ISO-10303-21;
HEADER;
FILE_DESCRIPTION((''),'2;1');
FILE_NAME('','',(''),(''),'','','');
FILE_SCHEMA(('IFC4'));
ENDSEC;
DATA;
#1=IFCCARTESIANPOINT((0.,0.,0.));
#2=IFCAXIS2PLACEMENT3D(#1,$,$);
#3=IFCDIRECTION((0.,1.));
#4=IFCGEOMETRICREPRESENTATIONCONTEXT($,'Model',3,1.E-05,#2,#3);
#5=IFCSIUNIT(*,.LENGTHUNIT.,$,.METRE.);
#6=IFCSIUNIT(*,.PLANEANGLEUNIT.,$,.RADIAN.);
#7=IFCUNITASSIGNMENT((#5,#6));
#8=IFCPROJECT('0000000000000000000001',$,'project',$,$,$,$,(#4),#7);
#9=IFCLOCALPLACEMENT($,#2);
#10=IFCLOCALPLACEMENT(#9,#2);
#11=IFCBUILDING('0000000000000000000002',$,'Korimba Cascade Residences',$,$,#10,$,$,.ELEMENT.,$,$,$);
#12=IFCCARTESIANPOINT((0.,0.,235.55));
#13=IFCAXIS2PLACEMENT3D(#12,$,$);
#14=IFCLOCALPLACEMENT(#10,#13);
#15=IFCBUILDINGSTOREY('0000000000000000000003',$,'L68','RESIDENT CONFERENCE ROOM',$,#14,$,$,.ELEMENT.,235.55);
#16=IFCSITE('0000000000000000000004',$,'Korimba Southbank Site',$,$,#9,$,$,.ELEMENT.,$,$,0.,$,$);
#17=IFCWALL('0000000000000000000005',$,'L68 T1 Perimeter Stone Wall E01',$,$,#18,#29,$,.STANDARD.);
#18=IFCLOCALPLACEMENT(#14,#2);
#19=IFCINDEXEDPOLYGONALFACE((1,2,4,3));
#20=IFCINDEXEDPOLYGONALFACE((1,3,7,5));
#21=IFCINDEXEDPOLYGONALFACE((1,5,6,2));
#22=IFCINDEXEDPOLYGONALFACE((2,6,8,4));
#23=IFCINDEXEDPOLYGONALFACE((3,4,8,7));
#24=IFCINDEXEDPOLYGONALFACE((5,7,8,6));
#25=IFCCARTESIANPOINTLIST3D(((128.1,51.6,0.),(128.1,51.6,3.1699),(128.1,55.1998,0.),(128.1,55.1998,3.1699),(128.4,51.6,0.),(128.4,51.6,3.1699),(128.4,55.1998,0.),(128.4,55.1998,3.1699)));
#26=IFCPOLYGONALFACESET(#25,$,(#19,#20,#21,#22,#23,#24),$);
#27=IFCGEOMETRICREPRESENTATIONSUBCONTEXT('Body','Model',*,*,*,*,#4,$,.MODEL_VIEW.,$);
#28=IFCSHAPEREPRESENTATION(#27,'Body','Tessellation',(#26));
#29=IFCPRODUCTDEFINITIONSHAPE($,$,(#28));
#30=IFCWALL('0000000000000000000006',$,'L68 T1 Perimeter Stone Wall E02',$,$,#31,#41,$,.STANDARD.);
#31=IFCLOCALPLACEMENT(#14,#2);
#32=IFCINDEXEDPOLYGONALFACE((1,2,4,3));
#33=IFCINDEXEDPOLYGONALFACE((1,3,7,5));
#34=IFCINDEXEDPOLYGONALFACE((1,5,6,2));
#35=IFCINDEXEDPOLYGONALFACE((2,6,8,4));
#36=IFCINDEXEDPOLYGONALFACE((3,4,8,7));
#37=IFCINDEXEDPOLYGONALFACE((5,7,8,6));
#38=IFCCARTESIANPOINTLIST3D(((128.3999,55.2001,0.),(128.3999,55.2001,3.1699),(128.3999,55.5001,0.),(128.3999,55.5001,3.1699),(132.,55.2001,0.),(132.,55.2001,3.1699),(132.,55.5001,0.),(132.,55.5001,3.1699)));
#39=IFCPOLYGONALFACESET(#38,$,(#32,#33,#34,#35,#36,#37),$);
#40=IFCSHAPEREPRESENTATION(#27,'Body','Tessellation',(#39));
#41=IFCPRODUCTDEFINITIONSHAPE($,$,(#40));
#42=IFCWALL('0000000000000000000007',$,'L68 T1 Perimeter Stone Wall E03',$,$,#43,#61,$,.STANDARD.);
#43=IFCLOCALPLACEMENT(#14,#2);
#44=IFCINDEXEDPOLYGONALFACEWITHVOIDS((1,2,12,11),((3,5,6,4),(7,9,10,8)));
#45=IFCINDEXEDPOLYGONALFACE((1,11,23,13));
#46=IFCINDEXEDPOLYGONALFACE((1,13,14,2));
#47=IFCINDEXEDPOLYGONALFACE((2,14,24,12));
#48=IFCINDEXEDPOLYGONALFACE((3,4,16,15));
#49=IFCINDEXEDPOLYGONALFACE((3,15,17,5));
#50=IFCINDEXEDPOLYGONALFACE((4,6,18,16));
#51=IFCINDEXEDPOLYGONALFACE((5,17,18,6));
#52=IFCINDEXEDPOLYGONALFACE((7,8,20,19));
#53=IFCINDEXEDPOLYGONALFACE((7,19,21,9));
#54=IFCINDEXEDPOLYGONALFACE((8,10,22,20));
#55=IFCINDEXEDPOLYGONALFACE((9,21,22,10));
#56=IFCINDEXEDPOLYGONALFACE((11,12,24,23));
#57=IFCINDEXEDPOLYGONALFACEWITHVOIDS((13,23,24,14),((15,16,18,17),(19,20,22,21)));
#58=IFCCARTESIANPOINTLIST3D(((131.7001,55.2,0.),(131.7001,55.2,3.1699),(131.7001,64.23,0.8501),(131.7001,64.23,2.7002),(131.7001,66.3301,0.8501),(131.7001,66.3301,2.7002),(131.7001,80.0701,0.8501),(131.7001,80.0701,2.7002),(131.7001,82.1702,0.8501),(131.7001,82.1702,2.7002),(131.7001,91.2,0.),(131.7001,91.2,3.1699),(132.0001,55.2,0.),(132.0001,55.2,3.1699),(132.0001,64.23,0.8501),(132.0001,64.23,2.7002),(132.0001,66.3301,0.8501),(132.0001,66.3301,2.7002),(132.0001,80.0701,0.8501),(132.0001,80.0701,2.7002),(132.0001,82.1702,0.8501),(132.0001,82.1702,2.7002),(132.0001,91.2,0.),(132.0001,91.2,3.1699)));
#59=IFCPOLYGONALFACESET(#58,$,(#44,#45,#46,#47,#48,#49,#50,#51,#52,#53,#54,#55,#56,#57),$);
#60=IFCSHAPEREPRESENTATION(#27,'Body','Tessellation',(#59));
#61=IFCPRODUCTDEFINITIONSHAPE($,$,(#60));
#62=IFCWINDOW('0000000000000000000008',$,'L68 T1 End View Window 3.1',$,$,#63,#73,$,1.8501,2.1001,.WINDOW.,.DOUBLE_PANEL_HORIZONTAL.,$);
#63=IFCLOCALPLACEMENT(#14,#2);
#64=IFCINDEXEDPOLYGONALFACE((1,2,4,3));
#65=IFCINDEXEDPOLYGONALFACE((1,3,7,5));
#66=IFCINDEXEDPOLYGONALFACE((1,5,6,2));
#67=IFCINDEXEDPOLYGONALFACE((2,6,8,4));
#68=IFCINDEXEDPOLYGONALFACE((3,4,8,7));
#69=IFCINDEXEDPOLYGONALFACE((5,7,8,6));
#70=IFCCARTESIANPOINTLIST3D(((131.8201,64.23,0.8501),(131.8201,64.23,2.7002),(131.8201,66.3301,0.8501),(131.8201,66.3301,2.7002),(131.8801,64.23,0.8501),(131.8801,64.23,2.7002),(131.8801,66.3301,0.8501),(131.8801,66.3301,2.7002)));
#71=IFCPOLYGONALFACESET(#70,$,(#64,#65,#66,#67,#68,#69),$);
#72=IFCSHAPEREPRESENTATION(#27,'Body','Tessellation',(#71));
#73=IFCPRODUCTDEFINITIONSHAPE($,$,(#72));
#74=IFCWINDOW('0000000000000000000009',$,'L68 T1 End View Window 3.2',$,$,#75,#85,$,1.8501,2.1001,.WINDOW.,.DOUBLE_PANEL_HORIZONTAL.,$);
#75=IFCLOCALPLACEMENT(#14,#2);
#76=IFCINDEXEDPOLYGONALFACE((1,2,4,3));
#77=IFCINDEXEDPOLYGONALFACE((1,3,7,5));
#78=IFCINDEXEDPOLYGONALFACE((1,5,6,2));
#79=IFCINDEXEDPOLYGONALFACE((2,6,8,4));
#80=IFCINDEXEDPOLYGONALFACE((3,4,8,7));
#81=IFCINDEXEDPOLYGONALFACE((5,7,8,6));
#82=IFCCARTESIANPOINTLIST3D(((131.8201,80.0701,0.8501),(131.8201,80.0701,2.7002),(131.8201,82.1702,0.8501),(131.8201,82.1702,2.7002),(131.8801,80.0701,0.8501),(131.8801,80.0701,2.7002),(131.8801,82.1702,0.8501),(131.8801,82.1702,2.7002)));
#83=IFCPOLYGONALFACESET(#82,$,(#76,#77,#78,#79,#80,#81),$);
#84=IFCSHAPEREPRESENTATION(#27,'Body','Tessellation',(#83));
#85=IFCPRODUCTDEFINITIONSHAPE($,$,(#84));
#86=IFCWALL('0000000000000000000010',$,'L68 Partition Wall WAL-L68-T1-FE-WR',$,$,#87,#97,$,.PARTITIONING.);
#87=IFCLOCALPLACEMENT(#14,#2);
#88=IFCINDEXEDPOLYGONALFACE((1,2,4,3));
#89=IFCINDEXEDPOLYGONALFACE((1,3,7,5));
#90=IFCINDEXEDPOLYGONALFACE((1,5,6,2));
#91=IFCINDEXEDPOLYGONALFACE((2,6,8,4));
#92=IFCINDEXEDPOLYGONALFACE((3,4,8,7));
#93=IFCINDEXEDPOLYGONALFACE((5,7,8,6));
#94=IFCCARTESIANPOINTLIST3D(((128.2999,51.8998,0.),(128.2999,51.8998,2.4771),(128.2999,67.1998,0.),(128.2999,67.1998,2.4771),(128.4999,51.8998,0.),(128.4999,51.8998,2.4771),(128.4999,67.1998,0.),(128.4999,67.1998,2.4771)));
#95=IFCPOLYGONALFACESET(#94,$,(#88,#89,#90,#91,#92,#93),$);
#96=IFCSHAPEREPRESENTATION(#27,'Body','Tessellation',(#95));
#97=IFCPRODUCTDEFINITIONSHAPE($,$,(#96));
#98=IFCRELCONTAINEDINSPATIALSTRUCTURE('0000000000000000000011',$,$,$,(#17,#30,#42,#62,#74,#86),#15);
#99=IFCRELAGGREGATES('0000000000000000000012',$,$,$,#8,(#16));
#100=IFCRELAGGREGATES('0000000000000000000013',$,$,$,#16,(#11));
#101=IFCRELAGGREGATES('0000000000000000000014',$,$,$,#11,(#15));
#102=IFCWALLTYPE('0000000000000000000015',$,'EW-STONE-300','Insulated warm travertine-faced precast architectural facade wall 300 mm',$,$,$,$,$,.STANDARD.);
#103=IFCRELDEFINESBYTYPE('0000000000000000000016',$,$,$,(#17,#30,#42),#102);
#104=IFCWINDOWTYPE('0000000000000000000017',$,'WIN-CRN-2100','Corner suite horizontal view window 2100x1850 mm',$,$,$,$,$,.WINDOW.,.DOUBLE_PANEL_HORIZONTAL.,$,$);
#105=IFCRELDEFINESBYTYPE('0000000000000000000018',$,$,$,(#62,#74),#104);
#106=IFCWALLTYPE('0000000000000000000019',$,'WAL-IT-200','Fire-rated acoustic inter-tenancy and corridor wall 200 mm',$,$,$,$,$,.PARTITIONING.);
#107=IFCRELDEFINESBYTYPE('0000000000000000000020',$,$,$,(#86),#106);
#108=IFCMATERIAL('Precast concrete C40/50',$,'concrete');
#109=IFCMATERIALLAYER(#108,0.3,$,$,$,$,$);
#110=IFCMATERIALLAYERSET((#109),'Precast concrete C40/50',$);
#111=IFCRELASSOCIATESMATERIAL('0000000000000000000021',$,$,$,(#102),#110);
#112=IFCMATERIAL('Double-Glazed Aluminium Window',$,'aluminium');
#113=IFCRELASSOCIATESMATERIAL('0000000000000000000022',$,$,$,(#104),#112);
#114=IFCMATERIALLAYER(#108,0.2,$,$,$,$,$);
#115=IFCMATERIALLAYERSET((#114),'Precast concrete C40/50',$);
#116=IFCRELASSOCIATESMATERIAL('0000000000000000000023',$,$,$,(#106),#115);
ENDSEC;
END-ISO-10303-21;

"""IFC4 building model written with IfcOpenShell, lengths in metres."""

from ifc_helpers import new_model, si_unit, direction, frame, frame_2d, origin, place, context, subcontext, project, spatial, rectangle, extrude, material, layer, layer_set, type_object, element, fill, save


model = new_model("IFC4")

# Units and contexts
model_context = context("Model", 3, precision=1e-05, world=origin(), true_north=direction((0.0, 1.0)))
body_context = subcontext(model_context, "Body", "Model", "MODEL_VIEW")
ifc_project = project(units=[si_unit("LENGTHUNIT", "METRE"), si_unit("PLANEANGLEUNIT", "RADIAN")], contexts=[model_context])

# Site, building, storey
site_placement = place(None, origin())
site = spatial("IfcSite", under=ifc_project, at=site_placement, Name="Korimba Southbank Site", CompositionType="ELEMENT", RefElevation=0.0)
building_placement = place(site_placement, origin())
building = spatial("IfcBuilding", under=site, at=building_placement, Name="Korimba Cascade Residences", CompositionType="ELEMENT")
storey_placement = place(building_placement, frame((0.0, 0.0, 235.55)))
storey = spatial("IfcBuildingStorey", under=building, at=storey_placement, Name="L68", Description="RESIDENT CONFERENCE ROOM", CompositionType="ELEMENT", Elevation=235.55)

# Walls
ifc_material_1 = material(Name="Precast concrete C40/50", Category="concrete")
ifc_layer_1 = layer(ifc_material_1, 0.3)
ifc_layer_set_1 = layer_set([ifc_layer_1], Name="Precast concrete C40/50")
wall_type_1 = type_object("IfcWallType", Name="EW-STONE-300", Description="Insulated warm travertine-faced precast architectural facade wall 300 mm", PredefinedType="STANDARD", material=ifc_layer_set_1)
wall_1_placement = place(storey_placement, frame((128.25, 51.6001, 0.0), z_axis=(0.0, 0.0, 1.0), x_axis=(0.0, 1.0, 0.0)))
element("IfcWall", 1, at=wall_1_placement, inside=storey, type_object=wall_type_1, Name="L68 T1 Perimeter Stone Wall E01", PredefinedType="STANDARD", context=body_context, shape_type="SweptSolid", body=[
    extrude(rectangle(XDim=3.5999, YDim=0.3, at=frame_2d((1.7998, 0.0))), origin(), (0.0, 0.0, 1.0), 3.1699),
])
wall_2_placement = place(storey_placement, frame((128.3999, 55.3501, 0.0), z_axis=(0.0, 0.0, 1.0), x_axis=(1.0, 0.0, 0.0)))
element("IfcWall", 2, at=wall_2_placement, inside=storey, type_object=wall_type_1, Name="L68 T1 Perimeter Stone Wall E02", PredefinedType="STANDARD", context=body_context, shape_type="SweptSolid", body=[
    extrude(rectangle(XDim=3.6001, YDim=0.3, at=frame_2d((1.8, 0.0))), origin(), (0.0, 0.0, 1.0), 3.1699),
])

# Wall, openings, windows
wall_3_placement = place(storey_placement, frame((131.8501, 55.2, 0.0), z_axis=(0.0, 0.0, 1.0), x_axis=(0.0, 1.0, 0.0)))
wall_3 = element("IfcWall", 3, at=wall_3_placement, inside=storey, type_object=wall_type_1, Name="L68 T1 Perimeter Stone Wall E03", PredefinedType="STANDARD", context=body_context, shape_type="SweptSolid", body=[
    extrude(rectangle(XDim=36.0, YDim=0.3, at=frame_2d((18.0, 0.0))), origin(), (0.0, 0.0, 1.0), 3.1699),
])
opening_1_placement = place(wall_3_placement, frame((9.03, 0.0, 0.8501)))
opening_1 = element("IfcOpeningElement", 4, at=opening_1_placement, cuts=wall_3, PredefinedType="OPENING", context=body_context, shape_type="SweptSolid", body=[
    extrude(rectangle(XDim=2.1001, YDim=1.8501, at=frame_2d((1.05, 0.925))), frame((0.0, 0.1602, 0.0), z_axis=(0.0, -1.0, 0.0), x_axis=(1.0, 0.0, 0.0)), (0.0, 0.0, 1.0), 0.3201),
])
opening_2_placement = place(wall_3_placement, frame((24.8701, 0.0, 0.8501)))
opening_2 = element("IfcOpeningElement", 5, at=opening_2_placement, cuts=wall_3, PredefinedType="OPENING", context=body_context, shape_type="SweptSolid", body=[
    extrude(rectangle(XDim=2.1001, YDim=1.8501, at=frame_2d((1.05, 0.925))), frame((0.0, 0.1602, 0.0), z_axis=(0.0, -1.0, 0.0), x_axis=(1.0, 0.0, 0.0)), (0.0, 0.0, 1.0), 0.3201),
])
ifc_material_2 = material(Name="Double-Glazed Aluminium Window", Category="aluminium")
window_type = type_object("IfcWindowType", Name="WIN-CRN-2100", Description="Corner suite horizontal view window 2100x1850 mm", PartitioningType="DOUBLE_PANEL_HORIZONTAL", PredefinedType="WINDOW", material=ifc_material_2)
window_1_placement = place(opening_1_placement, origin())
window_1 = element("IfcWindow", 6, at=window_1_placement, inside=storey, type_object=window_type, Name="L68 T1 End View Window 3.1", OverallHeight=1.8501, OverallWidth=2.1001, PartitioningType="DOUBLE_PANEL_HORIZONTAL", PredefinedType="WINDOW", context=body_context, shape_type="SweptSolid", body=[
    extrude(rectangle(XDim=2.1001, YDim=1.8501, at=frame_2d((1.05, 0.925))), frame((0.0, 0.03, 0.0), z_axis=(0.0, -1.0, 0.0), x_axis=(1.0, 0.0, 0.0)), (0.0, 0.0, 1.0), 0.0601),
])
fill(opening_1, window_1)
window_2_placement = place(opening_2_placement, origin())
window_2 = element("IfcWindow", 7, at=window_2_placement, inside=storey, type_object=window_type, Name="L68 T1 End View Window 3.2", OverallHeight=1.8501, OverallWidth=2.1001, PartitioningType="DOUBLE_PANEL_HORIZONTAL", PredefinedType="WINDOW", context=body_context, shape_type="SweptSolid", body=[
    extrude(rectangle(XDim=2.1001, YDim=1.8501, at=frame_2d((1.05, 0.925))), frame((0.0, 0.03, 0.0), z_axis=(0.0, -1.0, 0.0), x_axis=(1.0, 0.0, 0.0)), (0.0, 0.0, 1.0), 0.0601),
])
fill(opening_2, window_2)

# Wall
ifc_layer_2 = layer(ifc_material_1, 0.2)
ifc_layer_set_2 = layer_set([ifc_layer_2], Name="Precast concrete C40/50")
wall_type_2 = type_object("IfcWallType", Name="WAL-IT-200", Description="Fire-rated acoustic inter-tenancy and corridor wall 200 mm", PredefinedType="PARTITIONING", material=ifc_layer_set_2)
wall_4_placement = place(storey_placement, frame((128.3999, 51.8999, 0.0), z_axis=(0.0, 0.0, 1.0), x_axis=(0.0, 1.0, 0.0)))
element("IfcWall", 8, at=wall_4_placement, inside=storey, type_object=wall_type_2, Name="L68 Partition Wall WAL-L68-T1-FE-WR", PredefinedType="PARTITIONING", context=body_context, shape_type="SweptSolid", body=[
    extrude(rectangle(XDim=15.3, YDim=0.2, at=frame_2d((7.6499, 0.0))), origin(), (0.0, 0.0, 1.0), 2.4771),
])

save(model, "model.ifc")
